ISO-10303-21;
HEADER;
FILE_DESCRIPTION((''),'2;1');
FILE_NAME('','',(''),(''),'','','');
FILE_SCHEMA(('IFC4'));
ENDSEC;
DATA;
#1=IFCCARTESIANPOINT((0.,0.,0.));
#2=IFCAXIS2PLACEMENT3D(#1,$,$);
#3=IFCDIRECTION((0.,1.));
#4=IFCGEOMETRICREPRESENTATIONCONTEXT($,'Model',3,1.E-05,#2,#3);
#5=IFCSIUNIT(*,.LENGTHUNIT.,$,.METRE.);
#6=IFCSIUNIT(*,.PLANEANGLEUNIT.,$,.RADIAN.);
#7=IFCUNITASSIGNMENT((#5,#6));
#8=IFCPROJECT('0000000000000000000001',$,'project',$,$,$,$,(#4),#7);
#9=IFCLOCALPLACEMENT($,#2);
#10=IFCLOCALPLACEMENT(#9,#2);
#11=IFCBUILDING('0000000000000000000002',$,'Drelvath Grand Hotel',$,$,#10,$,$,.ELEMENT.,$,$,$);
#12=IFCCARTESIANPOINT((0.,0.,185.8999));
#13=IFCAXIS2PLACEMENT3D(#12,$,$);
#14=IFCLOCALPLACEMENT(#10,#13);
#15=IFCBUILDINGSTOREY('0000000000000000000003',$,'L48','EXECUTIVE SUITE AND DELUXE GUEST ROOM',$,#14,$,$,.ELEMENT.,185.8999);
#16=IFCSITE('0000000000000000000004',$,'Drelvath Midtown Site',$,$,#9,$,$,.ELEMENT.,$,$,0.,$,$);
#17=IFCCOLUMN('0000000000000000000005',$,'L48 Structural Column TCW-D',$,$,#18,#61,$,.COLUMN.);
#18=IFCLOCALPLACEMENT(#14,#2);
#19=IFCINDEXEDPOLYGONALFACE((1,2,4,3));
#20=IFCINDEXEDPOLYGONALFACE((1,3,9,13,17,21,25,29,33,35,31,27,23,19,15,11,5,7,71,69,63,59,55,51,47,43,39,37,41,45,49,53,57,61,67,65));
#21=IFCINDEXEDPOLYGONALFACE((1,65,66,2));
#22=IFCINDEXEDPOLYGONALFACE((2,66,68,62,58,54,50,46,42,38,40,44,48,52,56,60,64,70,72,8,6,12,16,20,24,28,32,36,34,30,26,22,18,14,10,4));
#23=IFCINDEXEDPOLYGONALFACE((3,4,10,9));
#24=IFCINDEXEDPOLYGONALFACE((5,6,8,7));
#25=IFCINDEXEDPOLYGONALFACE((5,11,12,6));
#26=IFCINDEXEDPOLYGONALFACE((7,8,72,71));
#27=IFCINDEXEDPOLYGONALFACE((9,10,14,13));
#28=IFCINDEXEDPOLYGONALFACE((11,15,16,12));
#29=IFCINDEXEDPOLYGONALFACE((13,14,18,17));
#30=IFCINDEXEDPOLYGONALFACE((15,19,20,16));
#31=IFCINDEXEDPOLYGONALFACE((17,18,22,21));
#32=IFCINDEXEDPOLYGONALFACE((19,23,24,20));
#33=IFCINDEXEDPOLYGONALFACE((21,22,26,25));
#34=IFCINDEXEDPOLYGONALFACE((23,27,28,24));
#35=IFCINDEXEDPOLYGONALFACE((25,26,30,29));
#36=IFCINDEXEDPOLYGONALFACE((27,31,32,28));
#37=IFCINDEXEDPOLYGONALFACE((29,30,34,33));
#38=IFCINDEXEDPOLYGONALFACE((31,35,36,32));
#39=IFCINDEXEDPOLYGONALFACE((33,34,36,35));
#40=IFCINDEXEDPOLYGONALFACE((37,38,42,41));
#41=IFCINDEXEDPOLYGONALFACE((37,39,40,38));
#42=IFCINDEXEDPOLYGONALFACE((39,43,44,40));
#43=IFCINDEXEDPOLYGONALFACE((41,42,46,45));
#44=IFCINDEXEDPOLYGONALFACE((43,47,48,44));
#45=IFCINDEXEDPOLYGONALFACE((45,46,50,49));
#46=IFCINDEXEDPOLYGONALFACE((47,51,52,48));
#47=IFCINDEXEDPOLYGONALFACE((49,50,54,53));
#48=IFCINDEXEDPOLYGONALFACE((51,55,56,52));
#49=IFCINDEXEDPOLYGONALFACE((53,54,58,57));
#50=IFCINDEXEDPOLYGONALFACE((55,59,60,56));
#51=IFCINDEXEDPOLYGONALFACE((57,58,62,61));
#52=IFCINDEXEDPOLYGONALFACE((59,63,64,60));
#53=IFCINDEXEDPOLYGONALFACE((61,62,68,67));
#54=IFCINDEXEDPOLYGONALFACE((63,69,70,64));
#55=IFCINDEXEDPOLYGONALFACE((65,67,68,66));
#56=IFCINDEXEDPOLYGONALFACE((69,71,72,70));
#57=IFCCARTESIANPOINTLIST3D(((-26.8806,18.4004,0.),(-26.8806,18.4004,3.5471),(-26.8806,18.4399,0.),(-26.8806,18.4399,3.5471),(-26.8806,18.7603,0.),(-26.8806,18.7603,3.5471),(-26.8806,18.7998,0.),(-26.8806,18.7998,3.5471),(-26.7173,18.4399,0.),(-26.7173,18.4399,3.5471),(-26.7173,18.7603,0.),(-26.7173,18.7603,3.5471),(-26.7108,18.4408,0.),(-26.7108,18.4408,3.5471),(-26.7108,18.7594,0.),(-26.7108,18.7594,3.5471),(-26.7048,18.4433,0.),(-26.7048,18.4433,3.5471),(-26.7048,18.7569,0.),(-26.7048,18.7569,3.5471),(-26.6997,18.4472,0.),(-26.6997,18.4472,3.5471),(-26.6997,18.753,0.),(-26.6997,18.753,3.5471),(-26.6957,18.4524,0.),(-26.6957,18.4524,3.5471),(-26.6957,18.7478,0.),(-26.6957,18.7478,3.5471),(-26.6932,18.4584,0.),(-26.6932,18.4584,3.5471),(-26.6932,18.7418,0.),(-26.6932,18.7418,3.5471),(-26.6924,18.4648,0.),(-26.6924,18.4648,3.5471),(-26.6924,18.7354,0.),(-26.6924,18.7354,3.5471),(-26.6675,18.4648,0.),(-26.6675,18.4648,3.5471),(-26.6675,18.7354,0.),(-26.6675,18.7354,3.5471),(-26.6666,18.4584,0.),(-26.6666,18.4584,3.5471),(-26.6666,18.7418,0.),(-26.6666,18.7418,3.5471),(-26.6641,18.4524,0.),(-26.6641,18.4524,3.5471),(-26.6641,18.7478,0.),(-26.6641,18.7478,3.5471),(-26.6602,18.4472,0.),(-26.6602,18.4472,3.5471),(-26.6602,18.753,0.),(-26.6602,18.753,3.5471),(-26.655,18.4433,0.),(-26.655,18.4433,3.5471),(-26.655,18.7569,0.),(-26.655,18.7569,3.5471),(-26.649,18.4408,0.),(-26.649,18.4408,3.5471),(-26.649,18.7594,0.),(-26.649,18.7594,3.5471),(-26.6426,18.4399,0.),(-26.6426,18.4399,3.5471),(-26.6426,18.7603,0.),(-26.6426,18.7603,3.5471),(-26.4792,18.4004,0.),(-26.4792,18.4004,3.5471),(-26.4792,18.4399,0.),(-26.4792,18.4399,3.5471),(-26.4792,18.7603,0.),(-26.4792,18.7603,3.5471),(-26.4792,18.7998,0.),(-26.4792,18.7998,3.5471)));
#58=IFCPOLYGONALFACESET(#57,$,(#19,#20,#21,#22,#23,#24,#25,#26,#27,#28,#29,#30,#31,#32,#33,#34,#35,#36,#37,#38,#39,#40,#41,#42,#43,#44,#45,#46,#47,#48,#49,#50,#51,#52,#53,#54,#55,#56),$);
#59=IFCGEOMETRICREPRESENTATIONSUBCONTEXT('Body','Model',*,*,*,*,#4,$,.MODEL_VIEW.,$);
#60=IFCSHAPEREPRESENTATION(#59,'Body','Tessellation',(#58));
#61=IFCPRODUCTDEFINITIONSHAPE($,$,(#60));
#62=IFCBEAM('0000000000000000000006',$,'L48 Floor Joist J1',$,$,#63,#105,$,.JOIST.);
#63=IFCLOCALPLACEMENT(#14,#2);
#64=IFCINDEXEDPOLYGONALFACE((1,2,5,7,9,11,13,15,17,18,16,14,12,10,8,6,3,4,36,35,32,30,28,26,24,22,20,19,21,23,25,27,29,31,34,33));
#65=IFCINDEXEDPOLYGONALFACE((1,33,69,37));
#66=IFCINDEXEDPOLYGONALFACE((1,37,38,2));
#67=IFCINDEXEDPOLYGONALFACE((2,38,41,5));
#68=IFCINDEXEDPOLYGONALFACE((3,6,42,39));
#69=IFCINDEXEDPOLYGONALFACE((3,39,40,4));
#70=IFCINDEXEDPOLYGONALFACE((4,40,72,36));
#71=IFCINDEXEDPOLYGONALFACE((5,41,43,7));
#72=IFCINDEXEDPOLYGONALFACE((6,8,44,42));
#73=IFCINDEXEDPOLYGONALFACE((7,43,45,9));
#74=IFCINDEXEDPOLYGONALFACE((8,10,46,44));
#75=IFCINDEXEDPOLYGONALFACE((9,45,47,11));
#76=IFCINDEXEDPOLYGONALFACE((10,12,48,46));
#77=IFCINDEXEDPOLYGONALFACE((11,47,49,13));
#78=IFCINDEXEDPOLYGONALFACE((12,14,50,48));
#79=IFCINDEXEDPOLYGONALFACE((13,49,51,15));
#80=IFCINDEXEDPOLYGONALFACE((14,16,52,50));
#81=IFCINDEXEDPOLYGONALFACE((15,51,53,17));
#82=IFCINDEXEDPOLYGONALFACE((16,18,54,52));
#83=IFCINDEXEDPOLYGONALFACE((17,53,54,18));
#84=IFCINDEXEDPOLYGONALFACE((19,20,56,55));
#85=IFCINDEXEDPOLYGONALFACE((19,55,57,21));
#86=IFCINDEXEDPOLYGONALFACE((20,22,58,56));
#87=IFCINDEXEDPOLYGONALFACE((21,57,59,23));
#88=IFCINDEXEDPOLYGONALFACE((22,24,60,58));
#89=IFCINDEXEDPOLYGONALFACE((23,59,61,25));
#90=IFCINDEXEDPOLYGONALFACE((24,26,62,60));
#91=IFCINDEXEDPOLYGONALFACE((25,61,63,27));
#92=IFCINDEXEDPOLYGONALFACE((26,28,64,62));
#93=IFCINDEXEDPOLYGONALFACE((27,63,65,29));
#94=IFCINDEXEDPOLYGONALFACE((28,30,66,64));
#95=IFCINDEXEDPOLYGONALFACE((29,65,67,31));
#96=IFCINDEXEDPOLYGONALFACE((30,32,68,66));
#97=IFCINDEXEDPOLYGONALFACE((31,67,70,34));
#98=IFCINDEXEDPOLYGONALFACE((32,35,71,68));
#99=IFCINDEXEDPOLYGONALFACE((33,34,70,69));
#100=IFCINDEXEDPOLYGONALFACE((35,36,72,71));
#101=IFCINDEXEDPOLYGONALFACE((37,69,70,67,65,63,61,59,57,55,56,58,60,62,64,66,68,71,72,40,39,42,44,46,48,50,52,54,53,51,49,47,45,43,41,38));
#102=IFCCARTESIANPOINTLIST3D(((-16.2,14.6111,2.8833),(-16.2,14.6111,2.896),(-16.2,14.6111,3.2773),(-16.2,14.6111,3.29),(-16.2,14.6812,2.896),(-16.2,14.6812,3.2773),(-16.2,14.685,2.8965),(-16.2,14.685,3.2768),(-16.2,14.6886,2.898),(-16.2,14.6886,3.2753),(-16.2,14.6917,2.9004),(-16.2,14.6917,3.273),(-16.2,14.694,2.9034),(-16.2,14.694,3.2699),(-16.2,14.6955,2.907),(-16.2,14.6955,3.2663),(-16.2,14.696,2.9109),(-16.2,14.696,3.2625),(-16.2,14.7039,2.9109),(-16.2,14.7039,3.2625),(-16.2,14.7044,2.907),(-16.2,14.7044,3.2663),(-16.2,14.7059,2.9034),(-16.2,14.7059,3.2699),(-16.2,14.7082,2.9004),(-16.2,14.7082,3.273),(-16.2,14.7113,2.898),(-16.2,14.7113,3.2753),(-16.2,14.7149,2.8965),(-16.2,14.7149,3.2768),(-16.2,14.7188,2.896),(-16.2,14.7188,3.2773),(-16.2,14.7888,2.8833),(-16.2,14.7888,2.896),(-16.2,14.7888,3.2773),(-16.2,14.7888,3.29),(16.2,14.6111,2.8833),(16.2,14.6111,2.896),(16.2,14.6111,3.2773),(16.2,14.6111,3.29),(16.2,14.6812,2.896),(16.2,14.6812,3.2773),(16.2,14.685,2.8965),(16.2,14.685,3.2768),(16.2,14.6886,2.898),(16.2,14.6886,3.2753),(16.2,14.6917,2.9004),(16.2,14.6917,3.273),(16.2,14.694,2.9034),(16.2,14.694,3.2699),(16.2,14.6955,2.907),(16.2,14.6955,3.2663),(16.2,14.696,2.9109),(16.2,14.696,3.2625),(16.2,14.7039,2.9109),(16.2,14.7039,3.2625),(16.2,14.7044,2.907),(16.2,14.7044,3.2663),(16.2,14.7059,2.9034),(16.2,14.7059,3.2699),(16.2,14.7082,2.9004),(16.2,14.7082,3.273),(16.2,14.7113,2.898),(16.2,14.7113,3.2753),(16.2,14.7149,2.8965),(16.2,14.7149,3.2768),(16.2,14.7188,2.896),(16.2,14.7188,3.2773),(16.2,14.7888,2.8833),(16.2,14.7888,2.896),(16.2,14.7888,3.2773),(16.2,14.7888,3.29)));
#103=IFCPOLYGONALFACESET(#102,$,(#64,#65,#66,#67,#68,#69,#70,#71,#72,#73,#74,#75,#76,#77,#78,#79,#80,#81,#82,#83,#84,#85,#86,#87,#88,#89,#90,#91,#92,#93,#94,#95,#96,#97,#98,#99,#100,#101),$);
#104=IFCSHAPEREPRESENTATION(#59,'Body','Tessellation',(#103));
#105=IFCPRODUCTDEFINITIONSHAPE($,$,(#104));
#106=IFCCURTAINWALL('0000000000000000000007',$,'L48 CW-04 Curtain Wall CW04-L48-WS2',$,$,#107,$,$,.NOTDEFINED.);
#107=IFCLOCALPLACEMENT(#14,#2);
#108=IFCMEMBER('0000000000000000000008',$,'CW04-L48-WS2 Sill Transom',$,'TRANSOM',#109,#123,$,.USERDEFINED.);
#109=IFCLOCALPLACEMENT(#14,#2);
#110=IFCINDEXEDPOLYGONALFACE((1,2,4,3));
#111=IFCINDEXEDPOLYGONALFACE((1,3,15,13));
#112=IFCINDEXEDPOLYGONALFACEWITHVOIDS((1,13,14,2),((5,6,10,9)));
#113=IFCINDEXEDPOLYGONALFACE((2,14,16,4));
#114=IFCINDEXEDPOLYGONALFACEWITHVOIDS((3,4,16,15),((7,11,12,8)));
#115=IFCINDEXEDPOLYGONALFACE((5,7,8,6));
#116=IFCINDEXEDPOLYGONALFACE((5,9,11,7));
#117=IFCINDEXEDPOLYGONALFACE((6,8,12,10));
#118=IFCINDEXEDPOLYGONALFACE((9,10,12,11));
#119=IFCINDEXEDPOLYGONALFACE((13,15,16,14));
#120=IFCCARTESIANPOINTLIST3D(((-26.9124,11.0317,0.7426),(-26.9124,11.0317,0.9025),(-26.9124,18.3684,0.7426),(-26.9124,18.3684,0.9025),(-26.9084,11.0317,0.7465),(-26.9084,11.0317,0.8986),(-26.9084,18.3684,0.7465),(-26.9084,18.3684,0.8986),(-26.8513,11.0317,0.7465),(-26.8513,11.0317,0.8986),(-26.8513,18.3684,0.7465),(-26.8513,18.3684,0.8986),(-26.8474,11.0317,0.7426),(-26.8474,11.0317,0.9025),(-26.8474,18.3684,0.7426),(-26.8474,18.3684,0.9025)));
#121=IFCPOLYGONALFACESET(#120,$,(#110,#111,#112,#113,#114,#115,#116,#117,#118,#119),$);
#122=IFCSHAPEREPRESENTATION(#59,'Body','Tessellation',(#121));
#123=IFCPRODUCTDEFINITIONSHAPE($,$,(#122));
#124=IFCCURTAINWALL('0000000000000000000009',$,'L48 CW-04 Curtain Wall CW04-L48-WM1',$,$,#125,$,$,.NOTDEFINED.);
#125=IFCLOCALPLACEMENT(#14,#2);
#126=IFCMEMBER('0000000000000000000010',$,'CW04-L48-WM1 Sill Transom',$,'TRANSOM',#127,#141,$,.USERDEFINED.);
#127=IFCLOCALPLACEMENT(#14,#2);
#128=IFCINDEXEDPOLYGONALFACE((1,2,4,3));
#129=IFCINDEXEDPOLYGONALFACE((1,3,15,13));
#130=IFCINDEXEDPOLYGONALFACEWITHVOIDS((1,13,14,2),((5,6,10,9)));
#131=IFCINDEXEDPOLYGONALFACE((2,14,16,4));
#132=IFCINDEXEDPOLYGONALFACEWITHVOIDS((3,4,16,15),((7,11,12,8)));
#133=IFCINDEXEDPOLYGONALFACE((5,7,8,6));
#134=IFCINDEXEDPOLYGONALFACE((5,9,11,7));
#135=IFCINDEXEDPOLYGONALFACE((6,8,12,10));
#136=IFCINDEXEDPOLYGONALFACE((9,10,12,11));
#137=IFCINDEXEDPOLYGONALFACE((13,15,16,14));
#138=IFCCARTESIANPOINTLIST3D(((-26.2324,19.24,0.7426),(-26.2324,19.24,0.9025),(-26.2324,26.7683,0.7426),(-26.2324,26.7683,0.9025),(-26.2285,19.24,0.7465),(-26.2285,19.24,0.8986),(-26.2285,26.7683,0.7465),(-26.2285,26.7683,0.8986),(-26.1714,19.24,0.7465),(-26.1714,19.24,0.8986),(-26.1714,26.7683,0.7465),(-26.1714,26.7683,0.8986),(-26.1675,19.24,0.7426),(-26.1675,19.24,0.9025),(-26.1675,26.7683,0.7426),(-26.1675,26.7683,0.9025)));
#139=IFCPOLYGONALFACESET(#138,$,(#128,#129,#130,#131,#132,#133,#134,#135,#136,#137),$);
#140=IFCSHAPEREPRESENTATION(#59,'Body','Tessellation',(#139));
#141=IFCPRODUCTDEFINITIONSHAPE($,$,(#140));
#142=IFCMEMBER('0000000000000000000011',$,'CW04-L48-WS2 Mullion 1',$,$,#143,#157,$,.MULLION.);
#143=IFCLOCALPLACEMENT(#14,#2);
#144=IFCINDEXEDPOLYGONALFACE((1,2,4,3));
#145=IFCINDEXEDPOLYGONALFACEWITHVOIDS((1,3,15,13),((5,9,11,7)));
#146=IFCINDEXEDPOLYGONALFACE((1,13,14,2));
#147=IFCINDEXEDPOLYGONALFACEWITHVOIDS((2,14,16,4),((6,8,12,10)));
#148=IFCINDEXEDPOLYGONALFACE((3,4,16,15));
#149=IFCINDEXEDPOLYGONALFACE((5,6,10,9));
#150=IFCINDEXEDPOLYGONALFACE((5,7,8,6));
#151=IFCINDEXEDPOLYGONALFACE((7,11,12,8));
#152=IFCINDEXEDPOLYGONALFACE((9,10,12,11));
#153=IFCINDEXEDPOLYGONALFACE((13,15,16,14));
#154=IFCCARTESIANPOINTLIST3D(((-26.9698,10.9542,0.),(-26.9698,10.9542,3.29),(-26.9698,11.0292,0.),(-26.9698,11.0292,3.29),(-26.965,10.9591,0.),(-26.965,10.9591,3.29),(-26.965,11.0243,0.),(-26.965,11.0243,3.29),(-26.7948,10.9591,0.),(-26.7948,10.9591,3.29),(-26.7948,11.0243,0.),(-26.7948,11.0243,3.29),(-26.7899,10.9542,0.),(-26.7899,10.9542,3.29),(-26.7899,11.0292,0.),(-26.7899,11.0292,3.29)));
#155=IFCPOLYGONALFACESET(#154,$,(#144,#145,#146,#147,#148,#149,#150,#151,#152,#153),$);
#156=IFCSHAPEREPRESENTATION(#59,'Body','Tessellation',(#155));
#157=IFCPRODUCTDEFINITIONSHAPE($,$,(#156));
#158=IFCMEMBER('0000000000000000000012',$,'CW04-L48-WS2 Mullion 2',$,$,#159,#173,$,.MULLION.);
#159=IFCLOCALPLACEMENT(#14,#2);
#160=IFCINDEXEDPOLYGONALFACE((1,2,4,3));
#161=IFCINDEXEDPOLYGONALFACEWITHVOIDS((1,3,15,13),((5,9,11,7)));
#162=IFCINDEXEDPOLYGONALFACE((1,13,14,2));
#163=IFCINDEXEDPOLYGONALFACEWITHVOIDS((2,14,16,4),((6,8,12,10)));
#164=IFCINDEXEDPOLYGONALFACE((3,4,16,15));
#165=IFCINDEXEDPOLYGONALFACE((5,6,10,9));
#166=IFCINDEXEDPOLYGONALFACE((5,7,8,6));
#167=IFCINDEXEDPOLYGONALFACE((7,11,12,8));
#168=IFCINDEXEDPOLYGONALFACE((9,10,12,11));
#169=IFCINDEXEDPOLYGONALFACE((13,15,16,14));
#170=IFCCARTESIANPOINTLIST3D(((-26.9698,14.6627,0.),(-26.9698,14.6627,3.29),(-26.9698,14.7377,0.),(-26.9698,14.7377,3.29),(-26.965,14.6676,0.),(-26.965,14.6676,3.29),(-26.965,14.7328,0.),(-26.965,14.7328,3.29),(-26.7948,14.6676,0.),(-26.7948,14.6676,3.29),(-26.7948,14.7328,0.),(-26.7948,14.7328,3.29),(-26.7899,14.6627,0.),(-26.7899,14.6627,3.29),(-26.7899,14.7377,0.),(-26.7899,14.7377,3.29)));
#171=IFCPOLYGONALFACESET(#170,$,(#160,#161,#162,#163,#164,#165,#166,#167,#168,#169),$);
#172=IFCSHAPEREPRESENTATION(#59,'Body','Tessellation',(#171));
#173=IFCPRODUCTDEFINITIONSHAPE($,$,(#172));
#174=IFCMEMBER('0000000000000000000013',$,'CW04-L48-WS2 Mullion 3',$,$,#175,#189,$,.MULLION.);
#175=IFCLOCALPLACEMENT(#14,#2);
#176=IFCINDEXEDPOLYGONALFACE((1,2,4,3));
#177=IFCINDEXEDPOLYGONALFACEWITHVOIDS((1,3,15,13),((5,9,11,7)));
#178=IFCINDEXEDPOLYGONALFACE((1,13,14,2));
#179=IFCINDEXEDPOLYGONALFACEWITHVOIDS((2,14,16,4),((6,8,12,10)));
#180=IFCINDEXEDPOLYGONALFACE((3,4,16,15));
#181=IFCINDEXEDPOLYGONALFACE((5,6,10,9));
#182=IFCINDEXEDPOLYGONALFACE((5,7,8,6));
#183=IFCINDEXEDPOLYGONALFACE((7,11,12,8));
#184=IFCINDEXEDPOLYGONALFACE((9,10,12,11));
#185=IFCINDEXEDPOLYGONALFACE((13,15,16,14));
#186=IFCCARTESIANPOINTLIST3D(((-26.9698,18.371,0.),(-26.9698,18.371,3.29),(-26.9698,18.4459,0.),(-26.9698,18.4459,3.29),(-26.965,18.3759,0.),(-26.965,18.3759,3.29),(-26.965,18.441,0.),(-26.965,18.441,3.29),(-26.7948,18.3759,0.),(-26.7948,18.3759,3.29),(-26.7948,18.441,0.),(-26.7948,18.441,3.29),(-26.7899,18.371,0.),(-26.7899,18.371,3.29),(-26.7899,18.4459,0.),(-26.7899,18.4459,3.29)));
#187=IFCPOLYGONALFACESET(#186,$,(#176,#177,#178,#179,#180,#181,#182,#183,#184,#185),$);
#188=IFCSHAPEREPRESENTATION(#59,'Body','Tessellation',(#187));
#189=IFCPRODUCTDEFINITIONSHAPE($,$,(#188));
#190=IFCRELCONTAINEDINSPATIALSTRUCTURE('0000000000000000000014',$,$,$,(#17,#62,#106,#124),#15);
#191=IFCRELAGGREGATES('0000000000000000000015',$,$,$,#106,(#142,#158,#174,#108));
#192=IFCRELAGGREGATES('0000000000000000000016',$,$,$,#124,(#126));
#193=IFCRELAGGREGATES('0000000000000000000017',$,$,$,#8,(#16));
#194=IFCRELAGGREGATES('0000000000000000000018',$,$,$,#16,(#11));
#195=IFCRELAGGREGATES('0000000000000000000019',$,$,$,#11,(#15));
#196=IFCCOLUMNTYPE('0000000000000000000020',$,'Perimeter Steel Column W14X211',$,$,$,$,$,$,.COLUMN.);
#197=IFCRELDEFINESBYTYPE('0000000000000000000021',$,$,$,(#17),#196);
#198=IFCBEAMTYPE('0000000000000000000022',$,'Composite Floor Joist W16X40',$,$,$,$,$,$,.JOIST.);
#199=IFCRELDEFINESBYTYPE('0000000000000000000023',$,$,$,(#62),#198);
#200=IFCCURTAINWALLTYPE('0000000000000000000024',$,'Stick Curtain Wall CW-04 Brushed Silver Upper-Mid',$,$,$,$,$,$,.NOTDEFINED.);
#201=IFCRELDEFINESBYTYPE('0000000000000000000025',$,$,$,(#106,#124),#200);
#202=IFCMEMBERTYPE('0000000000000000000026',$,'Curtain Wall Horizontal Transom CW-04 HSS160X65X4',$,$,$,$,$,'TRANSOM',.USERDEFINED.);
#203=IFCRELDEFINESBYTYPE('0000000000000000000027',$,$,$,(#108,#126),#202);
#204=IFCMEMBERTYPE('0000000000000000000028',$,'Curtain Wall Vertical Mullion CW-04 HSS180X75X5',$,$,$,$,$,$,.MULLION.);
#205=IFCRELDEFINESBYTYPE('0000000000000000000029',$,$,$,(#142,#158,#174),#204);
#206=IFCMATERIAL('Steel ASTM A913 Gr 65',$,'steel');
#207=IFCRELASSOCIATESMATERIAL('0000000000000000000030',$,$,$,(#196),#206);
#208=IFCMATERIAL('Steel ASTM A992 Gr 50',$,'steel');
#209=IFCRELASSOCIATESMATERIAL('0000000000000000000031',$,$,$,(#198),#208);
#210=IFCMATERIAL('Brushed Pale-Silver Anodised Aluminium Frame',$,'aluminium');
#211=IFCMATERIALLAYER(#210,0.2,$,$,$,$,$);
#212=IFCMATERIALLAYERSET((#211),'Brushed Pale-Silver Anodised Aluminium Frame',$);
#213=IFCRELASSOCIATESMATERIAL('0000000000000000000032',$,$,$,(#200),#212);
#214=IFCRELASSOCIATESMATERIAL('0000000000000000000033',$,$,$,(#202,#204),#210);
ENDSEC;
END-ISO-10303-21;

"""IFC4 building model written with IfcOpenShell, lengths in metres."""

from ifc_helpers import new_model, si_unit, direction, frame, origin, origin_2d, place, context, subcontext, project, spatial, hollow_rectangle, i_section, extrude, material, layer, layer_set, material_profile, profile_set, type_object, element, aggregate, save


model = new_model("IFC4")

# Units and contexts
model_context = context("Model", 3, precision=1e-05, world=origin(), true_north=direction((0.0, 1.0)))
body_context = subcontext(model_context, "Body", "Model", "MODEL_VIEW")
ifc_project = project(units=[si_unit("LENGTHUNIT", "METRE"), si_unit("PLANEANGLEUNIT", "RADIAN")], contexts=[model_context])

# Site, building, storey
site_placement = place(None, origin())
site = spatial("IfcSite", under=ifc_project, at=site_placement, Name="Drelvath Midtown Site", CompositionType="ELEMENT", RefElevation=0.0)
building_placement = place(site_placement, origin())
building = spatial("IfcBuilding", under=site, at=building_placement, Name="Drelvath Grand Hotel", CompositionType="ELEMENT")
storey_placement = place(building_placement, frame((0.0, 0.0, 185.8999)))
storey = spatial("IfcBuildingStorey", under=building, at=storey_placement, Name="L48", Description="EXECUTIVE SUITE AND DELUXE GUEST ROOM", CompositionType="ELEMENT", Elevation=185.8999)

# Column
ifc_material_1 = material(Name="Steel ASTM A913 Gr 65", Category="steel")
ifc_material_profile_1 = material_profile(ifc_material_1, i_section(OverallWidth=0.4014, OverallDepth=0.3994, WebThickness=0.0249, FlangeThickness=0.0396, FilletRadius=0.0249, at=origin_2d()), Name="W14X211")
ifc_profile_set_1 = profile_set([ifc_material_profile_1], Name="Steel ASTM A913 Gr 65")
column_type = type_object("IfcColumnType", Name="Perimeter Steel Column W14X211", PredefinedType="COLUMN", material=ifc_profile_set_1)
column_placement = place(storey_placement, frame((-26.6799, 18.6001, 0.0), z_axis=(0.0, 0.0, 1.0), x_axis=(1.0, 0.0, 0.0)))
element("IfcColumn", 1, at=column_placement, inside=storey, type_object=column_type, Name="L48 Structural Column TCW-D", PredefinedType="COLUMN", context=body_context, shape_type="SweptSolid", body=[
    extrude(i_section(OverallWidth=0.4014, OverallDepth=0.3994, WebThickness=0.0249, FlangeThickness=0.0396, FilletRadius=0.0249, at=origin_2d()), origin(), (0.0, 0.0, 1.0), 3.5471),
])

# Beam
ifc_material_2 = material(Name="Steel ASTM A992 Gr 50", Category="steel")
ifc_material_profile_2 = material_profile(ifc_material_2, i_section(OverallWidth=0.1777, OverallDepth=0.4067, WebThickness=0.0078, FlangeThickness=0.0127, FilletRadius=0.0149, at=origin_2d()), Name="W16X40")
ifc_profile_set_2 = profile_set([ifc_material_profile_2], Name="Steel ASTM A992 Gr 50")
beam_type_1 = type_object("IfcBeamType", Name="Composite Floor Joist W16X40", PredefinedType="JOIST", material=ifc_profile_set_2)
beam_1_placement = place(storey_placement, frame((-16.2, 14.7, 3.0867), z_axis=(1.0, 0.0, 0.0), x_axis=(0.0, 1.0, 0.0)))
element("IfcBeam", 2, at=beam_1_placement, inside=storey, type_object=beam_type_1, Name="L48 Floor Joist J1", PredefinedType="JOIST", context=body_context, shape_type="SweptSolid", body=[
    extrude(i_section(OverallWidth=0.1777, OverallDepth=0.4067, WebThickness=0.0078, FlangeThickness=0.0127, FilletRadius=0.0149, at=origin_2d()), origin(), (0.0, 0.0, 1.0), 32.3999),
])

# Curtain walls, members
ifc_material_3 = material(Name="Brushed Pale-Silver Anodised Aluminium Frame", Category="aluminium")
ifc_layer_1 = layer(ifc_material_3, 0.2)
ifc_layer_set_1 = layer_set([ifc_layer_1], Name="Brushed Pale-Silver Anodised Aluminium Frame")
curtain_wall_type = type_object("IfcCurtainWallType", Name="Stick Curtain Wall CW-04 Brushed Silver Upper-Mid", PredefinedType="NOTDEFINED", material=ifc_layer_set_1)
curtain_wall_1_placement = place(storey_placement, origin())
curtain_wall_1 = element("IfcCurtainWall", 3, at=curtain_wall_1_placement, inside=storey, type_object=curtain_wall_type, Name="L48 CW-04 Curtain Wall CW04-L48-WS2", PredefinedType="NOTDEFINED")
ifc_material_profile_3 = material_profile(ifc_material_3, hollow_rectangle(XDim=0.0649, YDim=0.1599, WallThickness=0.0039, at=origin_2d()), Name="HSS160X65X4")
ifc_profile_set_3 = profile_set([ifc_material_profile_3], Name="Brushed Pale-Silver Anodised Aluminium Frame")
member_type_1 = type_object("IfcMemberType", Name="Curtain Wall Horizontal Transom CW-04 HSS160X65X4", ElementType="TRANSOM", PredefinedType="USERDEFINED", material=ifc_profile_set_3)
member_1_placement = place(storey_placement, frame((-26.8799, 11.0317, 0.8225), z_axis=(0.0, 1.0, 0.0), x_axis=(-1.0, 0.0, 0.0)))
member_1 = element("IfcMember", 4, at=member_1_placement, type_object=member_type_1, Name="CW04-L48-WS2 Sill Transom", ObjectType="TRANSOM", PredefinedType="USERDEFINED", context=body_context, shape_type="SweptSolid", body=[
    extrude(hollow_rectangle(XDim=0.0649, YDim=0.1599, WallThickness=0.0039, at=origin_2d()), origin(), (0.0, 0.0, 1.0), 7.3367),
])
curtain_wall_2_placement = place(storey_placement, origin())
curtain_wall_2 = element("IfcCurtainWall", 5, at=curtain_wall_2_placement, inside=storey, type_object=curtain_wall_type, Name="L48 CW-04 Curtain Wall CW04-L48-WM1", PredefinedType="NOTDEFINED")
member_2_placement = place(storey_placement, frame((-26.2, 19.24, 0.8225), z_axis=(0.0, 1.0, 0.0), x_axis=(-1.0, 0.0, 0.0)))
member_2 = element("IfcMember", 6, at=member_2_placement, type_object=member_type_1, Name="CW04-L48-WM1 Sill Transom", ObjectType="TRANSOM", PredefinedType="USERDEFINED", context=body_context, shape_type="SweptSolid", body=[
    extrude(hollow_rectangle(XDim=0.0649, YDim=0.1599, WallThickness=0.0039, at=origin_2d()), origin(), (0.0, 0.0, 1.0), 7.5283),
])

# Members
ifc_material_profile_4 = material_profile(ifc_material_3, hollow_rectangle(XDim=0.075, YDim=0.1799, WallThickness=0.0049, at=origin_2d()), Name="HSS180X75X5")
ifc_profile_set_4 = profile_set([ifc_material_profile_4], Name="Brushed Pale-Silver Anodised Aluminium Frame")
member_type_2 = type_object("IfcMemberType", Name="Curtain Wall Vertical Mullion CW-04 HSS180X75X5", PredefinedType="MULLION", material=ifc_profile_set_4)
member_3_placement = place(storey_placement, frame((-26.8799, 10.9917, 0.0), z_axis=(0.0, 0.0, 1.0), x_axis=(0.0, 1.0, 0.0)))
member_3 = element("IfcMember", 7, at=member_3_placement, type_object=member_type_2, Name="CW04-L48-WS2 Mullion 1", PredefinedType="MULLION", context=body_context, shape_type="SweptSolid", body=[
    extrude(hollow_rectangle(XDim=0.075, YDim=0.1799, WallThickness=0.0049, at=origin_2d()), origin(), (0.0, 0.0, 1.0), 3.29),
])
member_4_placement = place(storey_placement, frame((-26.8799, 14.7002, 0.0), z_axis=(0.0, 0.0, 1.0), x_axis=(0.0, 1.0, 0.0)))
member_4 = element("IfcMember", 8, at=member_4_placement, type_object=member_type_2, Name="CW04-L48-WS2 Mullion 2", PredefinedType="MULLION", context=body_context, shape_type="SweptSolid", body=[
    extrude(hollow_rectangle(XDim=0.075, YDim=0.1799, WallThickness=0.0049, at=origin_2d()), origin(), (0.0, 0.0, 1.0), 3.29),
])
member_5_placement = place(storey_placement, frame((-26.8799, 18.4084, 0.0), z_axis=(0.0, 0.0, 1.0), x_axis=(0.0, 1.0, 0.0)))
member_5 = element("IfcMember", 9, at=member_5_placement, type_object=member_type_2, Name="CW04-L48-WS2 Mullion 3", PredefinedType="MULLION", context=body_context, shape_type="SweptSolid", body=[
    extrude(hollow_rectangle(XDim=0.075, YDim=0.1799, WallThickness=0.0049, at=origin_2d()), origin(), (0.0, 0.0, 1.0), 3.29),
])

aggregate(curtain_wall_1, [member_3, member_4, member_5, member_1])
aggregate(curtain_wall_2, [member_2])

save(model, "model.ifc")
